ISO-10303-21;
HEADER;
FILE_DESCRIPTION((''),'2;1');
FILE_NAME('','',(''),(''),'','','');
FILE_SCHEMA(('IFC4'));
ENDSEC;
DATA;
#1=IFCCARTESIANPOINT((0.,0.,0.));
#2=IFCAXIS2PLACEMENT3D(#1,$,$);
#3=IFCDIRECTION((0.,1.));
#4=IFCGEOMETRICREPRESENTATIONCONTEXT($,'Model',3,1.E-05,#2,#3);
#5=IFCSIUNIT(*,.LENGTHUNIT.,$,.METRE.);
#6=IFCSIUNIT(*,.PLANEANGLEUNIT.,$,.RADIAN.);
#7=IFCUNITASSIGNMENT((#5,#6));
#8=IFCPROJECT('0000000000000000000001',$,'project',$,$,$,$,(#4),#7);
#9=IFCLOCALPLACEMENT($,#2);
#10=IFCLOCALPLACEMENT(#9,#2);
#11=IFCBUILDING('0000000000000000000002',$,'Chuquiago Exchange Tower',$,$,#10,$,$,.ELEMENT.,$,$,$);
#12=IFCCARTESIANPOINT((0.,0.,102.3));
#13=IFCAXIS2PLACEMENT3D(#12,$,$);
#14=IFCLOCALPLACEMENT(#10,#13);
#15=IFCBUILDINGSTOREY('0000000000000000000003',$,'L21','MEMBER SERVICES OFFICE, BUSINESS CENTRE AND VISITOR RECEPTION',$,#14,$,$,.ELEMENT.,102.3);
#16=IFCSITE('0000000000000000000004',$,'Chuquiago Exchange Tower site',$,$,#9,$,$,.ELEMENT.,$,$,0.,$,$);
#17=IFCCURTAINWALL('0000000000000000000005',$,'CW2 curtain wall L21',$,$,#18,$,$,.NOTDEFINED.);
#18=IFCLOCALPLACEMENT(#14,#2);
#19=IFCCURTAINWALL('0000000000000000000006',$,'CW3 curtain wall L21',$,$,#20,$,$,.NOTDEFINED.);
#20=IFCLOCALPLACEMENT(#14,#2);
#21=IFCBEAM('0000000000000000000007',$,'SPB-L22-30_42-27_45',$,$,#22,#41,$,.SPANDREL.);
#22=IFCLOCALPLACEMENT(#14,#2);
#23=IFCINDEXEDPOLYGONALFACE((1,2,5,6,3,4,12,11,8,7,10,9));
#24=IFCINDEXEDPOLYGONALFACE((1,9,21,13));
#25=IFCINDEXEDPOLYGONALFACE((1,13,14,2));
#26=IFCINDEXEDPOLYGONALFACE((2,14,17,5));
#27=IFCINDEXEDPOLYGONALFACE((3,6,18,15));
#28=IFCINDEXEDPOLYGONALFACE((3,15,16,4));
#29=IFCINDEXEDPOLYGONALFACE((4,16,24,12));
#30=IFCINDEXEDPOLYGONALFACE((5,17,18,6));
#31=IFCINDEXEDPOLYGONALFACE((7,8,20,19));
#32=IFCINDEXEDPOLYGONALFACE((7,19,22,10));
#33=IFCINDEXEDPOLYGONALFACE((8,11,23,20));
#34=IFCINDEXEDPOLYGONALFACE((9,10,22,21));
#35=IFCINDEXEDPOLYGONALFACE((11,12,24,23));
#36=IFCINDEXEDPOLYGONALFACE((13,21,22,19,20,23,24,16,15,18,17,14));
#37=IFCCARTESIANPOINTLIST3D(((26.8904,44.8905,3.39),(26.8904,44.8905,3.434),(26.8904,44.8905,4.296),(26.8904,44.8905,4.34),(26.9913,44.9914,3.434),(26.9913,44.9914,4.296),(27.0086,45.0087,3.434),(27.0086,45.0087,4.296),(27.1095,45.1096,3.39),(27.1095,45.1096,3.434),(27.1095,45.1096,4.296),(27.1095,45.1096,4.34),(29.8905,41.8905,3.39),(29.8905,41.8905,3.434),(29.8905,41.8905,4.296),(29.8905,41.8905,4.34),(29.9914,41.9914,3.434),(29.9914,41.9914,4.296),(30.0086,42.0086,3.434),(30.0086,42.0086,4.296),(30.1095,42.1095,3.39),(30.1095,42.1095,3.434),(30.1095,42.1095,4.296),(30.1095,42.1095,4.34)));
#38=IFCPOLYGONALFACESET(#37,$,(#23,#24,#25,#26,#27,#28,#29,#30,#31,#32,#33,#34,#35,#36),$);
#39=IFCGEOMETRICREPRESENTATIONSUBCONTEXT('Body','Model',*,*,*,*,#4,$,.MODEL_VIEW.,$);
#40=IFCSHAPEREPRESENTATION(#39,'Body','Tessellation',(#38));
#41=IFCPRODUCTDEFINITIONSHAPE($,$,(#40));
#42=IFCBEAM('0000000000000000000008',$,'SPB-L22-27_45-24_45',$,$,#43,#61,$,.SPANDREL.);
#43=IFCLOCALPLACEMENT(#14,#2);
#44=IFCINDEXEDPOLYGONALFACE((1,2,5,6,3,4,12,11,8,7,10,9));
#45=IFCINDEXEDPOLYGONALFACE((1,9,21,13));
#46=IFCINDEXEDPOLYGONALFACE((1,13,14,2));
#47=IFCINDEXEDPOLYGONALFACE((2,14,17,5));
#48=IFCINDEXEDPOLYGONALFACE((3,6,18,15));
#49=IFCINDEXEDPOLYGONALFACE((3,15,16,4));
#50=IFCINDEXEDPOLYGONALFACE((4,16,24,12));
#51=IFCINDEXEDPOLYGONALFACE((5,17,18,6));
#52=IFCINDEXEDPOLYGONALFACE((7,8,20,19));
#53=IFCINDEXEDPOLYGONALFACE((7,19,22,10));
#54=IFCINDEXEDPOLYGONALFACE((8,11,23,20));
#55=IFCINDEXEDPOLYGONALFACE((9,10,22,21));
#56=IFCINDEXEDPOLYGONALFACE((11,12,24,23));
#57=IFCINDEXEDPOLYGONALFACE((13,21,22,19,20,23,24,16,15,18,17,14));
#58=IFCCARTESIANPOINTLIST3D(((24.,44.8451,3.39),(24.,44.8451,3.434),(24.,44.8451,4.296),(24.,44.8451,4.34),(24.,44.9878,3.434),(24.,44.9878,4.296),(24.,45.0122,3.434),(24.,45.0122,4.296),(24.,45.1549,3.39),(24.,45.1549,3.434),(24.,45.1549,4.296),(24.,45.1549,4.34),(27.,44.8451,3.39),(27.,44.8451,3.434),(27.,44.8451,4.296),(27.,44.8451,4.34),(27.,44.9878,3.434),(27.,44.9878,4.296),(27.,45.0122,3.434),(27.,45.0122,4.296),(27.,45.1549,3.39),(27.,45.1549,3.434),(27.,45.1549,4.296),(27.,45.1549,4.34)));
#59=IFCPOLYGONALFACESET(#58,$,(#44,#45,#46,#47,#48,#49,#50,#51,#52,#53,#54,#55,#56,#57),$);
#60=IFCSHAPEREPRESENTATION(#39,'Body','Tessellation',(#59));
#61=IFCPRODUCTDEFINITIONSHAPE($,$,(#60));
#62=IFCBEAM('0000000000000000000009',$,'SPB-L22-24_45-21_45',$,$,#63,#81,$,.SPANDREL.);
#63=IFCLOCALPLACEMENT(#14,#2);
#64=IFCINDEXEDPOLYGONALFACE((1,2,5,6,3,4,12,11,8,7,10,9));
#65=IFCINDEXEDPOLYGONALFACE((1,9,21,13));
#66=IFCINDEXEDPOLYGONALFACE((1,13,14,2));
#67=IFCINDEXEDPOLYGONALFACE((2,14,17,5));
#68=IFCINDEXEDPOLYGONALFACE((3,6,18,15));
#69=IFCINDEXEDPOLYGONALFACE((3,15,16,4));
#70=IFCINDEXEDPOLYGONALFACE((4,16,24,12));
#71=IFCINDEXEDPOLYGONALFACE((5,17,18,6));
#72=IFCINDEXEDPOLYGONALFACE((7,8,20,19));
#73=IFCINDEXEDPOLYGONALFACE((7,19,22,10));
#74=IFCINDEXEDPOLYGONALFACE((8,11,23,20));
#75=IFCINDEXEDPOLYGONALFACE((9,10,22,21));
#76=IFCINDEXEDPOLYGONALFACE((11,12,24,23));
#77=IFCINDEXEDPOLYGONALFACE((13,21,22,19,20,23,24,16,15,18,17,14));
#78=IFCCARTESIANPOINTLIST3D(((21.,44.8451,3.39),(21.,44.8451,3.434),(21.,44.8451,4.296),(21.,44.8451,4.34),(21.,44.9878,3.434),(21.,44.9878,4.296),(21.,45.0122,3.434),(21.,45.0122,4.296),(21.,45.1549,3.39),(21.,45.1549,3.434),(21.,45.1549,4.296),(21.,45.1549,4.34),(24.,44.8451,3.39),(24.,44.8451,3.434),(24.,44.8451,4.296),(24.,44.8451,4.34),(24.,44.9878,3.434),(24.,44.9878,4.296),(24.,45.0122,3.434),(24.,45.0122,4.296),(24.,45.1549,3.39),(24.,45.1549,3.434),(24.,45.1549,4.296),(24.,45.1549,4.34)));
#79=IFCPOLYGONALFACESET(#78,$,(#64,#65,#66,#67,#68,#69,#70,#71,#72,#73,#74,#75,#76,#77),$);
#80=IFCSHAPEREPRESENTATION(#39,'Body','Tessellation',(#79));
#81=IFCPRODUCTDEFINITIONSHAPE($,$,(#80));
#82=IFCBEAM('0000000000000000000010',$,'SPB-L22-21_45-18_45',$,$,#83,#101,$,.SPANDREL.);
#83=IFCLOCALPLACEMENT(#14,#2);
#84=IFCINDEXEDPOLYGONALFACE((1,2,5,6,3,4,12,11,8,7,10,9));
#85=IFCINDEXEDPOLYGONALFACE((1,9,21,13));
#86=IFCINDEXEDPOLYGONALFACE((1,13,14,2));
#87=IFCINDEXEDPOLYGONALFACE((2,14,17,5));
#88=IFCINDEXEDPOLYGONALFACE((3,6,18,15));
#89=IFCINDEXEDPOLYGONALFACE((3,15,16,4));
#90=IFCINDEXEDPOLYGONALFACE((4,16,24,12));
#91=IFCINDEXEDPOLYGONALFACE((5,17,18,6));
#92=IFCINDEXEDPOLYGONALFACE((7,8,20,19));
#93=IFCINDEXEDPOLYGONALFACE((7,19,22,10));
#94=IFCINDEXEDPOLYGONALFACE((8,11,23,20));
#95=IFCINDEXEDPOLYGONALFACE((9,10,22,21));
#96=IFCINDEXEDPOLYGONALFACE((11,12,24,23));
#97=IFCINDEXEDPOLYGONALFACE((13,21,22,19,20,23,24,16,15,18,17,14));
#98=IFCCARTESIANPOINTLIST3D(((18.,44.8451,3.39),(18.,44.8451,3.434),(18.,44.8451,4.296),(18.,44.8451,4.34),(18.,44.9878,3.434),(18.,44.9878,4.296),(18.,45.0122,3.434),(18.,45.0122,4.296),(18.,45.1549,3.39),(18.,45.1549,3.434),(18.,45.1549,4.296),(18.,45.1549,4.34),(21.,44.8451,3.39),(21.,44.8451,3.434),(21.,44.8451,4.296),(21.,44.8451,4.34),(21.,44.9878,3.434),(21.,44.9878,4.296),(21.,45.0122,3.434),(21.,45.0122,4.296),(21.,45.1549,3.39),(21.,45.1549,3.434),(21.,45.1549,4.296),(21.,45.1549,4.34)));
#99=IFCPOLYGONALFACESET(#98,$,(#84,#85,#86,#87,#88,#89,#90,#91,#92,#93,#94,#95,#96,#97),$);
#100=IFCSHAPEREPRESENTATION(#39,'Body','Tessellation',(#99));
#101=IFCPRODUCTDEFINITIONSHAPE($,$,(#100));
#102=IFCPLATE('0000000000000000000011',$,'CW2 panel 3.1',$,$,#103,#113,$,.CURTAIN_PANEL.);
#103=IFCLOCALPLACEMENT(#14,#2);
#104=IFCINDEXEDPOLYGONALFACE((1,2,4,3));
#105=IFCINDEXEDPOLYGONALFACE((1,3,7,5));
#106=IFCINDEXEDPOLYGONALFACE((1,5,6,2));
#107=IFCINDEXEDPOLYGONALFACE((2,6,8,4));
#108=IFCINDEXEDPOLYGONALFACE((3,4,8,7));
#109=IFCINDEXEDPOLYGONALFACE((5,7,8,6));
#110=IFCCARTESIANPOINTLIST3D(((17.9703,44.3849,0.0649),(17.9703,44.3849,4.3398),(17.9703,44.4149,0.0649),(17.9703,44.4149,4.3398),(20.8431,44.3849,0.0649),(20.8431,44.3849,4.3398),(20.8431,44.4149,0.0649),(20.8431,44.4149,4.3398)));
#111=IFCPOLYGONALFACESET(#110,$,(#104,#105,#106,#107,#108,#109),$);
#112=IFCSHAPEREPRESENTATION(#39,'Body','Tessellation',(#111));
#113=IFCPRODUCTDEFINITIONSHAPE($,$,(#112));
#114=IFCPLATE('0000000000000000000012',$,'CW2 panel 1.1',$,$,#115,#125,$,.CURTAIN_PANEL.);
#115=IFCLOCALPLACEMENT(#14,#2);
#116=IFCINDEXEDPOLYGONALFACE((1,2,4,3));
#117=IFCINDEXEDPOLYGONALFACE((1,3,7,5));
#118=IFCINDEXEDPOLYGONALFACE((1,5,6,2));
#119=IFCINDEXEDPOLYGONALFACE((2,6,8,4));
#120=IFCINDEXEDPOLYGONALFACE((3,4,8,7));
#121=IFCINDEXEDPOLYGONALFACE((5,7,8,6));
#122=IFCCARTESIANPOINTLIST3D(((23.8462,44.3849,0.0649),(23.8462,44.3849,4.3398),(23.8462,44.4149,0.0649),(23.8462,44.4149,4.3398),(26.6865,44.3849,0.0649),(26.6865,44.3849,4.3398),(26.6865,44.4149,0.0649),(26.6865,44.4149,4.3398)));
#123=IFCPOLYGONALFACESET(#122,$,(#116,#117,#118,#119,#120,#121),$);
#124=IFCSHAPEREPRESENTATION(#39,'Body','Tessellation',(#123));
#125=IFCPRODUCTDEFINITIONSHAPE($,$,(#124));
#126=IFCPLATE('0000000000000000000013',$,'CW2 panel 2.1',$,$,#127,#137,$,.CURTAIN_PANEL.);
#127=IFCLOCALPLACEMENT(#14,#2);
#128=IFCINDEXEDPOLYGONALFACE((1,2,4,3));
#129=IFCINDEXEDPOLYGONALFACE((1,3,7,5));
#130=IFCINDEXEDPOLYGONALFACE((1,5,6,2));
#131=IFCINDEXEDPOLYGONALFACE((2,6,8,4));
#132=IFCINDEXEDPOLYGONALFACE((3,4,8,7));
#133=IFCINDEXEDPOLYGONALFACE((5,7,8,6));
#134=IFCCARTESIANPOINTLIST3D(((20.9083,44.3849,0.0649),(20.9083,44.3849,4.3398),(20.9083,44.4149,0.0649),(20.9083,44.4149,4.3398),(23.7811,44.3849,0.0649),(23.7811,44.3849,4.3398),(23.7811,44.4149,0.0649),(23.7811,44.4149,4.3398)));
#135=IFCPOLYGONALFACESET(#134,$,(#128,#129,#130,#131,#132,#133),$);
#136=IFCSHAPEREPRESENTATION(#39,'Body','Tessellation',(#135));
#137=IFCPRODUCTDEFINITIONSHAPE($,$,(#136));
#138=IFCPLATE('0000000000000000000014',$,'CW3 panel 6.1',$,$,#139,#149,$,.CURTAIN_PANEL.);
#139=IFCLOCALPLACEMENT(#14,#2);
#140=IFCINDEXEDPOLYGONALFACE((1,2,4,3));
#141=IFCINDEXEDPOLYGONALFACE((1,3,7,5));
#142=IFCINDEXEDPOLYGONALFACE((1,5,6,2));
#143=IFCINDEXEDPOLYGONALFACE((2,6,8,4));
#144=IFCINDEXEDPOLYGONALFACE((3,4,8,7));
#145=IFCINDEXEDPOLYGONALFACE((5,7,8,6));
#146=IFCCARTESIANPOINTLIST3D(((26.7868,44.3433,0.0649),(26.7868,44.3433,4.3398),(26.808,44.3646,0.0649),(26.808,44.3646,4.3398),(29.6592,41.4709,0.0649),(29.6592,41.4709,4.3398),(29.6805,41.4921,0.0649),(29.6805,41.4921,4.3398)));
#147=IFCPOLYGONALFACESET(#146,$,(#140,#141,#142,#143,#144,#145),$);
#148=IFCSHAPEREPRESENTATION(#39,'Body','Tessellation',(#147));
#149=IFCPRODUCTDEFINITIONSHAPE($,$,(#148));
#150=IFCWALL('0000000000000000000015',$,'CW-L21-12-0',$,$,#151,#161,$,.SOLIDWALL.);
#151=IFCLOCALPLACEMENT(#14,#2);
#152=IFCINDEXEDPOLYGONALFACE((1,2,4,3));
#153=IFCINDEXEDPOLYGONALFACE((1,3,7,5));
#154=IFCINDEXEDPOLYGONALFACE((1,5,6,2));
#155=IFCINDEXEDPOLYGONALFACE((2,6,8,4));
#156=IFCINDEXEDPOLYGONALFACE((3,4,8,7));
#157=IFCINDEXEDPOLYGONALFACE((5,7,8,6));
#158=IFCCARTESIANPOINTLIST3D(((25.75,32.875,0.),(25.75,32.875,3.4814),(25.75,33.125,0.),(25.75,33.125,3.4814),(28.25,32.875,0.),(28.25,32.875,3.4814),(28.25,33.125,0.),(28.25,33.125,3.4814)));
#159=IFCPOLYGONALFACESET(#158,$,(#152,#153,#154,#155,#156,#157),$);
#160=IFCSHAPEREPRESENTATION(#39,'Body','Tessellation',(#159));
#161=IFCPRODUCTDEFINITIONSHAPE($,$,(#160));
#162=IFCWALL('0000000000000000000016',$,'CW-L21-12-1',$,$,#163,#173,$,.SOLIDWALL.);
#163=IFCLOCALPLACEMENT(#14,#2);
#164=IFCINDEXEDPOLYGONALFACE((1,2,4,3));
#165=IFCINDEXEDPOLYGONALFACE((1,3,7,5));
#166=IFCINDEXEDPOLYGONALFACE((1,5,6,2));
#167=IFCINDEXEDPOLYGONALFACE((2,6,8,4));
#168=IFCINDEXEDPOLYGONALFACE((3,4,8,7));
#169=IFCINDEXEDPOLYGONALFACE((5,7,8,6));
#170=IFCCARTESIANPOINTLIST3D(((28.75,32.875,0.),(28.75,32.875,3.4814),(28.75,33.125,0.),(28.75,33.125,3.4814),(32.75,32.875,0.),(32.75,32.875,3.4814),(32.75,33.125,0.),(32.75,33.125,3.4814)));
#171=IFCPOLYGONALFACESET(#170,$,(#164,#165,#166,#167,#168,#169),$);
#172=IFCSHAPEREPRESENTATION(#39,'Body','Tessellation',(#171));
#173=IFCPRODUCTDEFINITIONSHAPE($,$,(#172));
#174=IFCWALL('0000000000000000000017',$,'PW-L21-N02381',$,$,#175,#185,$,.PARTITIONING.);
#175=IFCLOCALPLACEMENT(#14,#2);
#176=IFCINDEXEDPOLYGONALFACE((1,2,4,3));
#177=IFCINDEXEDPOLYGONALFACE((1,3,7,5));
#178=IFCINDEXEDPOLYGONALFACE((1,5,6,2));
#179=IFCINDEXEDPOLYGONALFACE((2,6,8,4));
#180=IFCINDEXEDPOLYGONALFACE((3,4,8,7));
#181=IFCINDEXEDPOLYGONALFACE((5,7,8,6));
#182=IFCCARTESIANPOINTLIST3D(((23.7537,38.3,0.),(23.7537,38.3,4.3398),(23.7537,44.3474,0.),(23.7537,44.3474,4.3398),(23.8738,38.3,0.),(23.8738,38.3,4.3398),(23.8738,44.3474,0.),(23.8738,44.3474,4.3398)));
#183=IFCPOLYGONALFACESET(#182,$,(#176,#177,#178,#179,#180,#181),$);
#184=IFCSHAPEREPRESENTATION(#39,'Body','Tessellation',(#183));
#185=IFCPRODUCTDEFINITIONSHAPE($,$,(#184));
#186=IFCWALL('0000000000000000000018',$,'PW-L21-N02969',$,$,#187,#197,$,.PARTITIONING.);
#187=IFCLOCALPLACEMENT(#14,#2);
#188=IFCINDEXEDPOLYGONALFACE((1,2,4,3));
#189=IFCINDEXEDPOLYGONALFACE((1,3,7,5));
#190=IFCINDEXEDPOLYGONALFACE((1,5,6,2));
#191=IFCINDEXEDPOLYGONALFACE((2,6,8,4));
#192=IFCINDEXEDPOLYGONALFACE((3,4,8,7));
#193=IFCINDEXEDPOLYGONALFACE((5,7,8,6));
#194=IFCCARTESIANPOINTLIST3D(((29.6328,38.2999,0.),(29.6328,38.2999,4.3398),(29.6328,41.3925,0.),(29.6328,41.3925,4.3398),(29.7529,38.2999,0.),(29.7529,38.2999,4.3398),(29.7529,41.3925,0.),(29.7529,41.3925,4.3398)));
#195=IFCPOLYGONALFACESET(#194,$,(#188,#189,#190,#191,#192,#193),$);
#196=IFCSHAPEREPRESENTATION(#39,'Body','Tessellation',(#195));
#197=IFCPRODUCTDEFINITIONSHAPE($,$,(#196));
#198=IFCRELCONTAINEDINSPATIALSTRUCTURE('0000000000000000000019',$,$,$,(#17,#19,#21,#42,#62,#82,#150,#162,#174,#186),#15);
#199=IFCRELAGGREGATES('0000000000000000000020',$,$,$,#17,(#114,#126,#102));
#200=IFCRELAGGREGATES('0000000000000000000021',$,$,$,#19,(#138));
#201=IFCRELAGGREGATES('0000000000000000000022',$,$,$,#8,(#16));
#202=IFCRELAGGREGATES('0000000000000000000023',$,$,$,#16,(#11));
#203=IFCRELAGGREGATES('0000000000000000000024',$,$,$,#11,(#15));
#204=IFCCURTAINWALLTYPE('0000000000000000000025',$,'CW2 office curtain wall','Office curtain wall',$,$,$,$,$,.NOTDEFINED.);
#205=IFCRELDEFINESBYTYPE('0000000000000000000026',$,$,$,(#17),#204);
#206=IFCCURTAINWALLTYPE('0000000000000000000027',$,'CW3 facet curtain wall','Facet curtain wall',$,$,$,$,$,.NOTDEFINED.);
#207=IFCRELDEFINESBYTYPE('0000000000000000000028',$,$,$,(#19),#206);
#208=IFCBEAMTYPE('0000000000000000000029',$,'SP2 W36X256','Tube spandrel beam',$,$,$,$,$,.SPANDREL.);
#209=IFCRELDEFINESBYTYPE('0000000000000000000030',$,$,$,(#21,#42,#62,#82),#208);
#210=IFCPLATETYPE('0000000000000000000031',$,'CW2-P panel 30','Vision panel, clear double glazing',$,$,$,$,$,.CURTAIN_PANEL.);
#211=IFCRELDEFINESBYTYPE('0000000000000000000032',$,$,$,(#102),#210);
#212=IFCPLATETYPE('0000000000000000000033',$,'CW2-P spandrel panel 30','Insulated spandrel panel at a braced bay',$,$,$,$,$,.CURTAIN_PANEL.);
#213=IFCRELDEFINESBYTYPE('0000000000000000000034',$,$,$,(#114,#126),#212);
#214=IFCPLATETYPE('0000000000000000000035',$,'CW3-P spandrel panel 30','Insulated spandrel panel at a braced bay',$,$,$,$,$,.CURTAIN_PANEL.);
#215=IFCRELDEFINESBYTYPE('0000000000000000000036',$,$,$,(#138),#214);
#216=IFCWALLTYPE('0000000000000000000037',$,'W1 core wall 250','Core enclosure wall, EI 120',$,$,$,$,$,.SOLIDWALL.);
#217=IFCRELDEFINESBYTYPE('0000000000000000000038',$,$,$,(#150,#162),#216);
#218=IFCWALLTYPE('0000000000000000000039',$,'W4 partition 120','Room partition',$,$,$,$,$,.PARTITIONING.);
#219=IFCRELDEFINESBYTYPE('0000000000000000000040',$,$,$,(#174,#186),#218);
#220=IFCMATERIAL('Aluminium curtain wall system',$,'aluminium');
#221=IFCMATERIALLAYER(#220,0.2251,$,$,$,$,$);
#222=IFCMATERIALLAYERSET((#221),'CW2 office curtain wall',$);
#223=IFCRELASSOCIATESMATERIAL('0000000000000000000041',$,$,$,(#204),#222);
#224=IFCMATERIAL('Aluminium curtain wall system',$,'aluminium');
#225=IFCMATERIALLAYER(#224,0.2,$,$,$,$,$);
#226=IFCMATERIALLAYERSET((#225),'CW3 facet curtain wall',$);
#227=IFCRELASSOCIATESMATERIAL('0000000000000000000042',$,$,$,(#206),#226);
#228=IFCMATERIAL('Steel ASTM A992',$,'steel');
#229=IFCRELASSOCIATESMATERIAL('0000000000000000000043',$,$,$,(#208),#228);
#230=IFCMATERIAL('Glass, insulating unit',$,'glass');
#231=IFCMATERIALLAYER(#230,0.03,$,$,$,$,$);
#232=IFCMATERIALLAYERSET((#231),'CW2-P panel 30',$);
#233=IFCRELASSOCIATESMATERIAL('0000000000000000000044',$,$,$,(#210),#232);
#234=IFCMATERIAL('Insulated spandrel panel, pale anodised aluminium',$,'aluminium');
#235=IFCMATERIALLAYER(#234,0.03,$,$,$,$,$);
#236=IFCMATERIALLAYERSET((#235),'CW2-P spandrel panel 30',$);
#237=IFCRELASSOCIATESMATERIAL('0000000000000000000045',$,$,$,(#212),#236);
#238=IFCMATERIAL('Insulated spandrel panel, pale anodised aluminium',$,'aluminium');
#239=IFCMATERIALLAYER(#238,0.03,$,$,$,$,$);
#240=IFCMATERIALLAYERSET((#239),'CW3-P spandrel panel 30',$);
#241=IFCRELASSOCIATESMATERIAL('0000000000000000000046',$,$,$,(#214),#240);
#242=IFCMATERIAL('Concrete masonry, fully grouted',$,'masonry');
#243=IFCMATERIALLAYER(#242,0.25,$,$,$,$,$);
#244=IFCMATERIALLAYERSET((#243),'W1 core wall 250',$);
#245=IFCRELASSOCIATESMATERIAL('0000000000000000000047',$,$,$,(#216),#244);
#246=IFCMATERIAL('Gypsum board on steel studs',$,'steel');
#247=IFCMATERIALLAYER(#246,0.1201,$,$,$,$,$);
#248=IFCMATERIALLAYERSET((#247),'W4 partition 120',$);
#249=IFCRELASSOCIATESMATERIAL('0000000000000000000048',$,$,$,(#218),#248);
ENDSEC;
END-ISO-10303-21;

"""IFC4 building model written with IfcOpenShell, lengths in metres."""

from ifc_helpers import new_model, si_unit, direction, frame, frame_2d, origin, origin_2d, place, context, subcontext, project, spatial, rectangle, i_section, extrude, material, layer, layer_set, material_profile, profile_set, type_object, element, aggregate, save


model = new_model("IFC4")

# Units and contexts
model_context = context("Model", 3, precision=1e-05, world=origin(), true_north=direction((0.0, 1.0)))
body_context = subcontext(model_context, "Body", "Model", "MODEL_VIEW")
ifc_project = project(units=[si_unit("LENGTHUNIT", "METRE"), si_unit("PLANEANGLEUNIT", "RADIAN")], contexts=[model_context])

# Site, building, storey
site_placement = place(None, origin())
site = spatial("IfcSite", under=ifc_project, at=site_placement, Name="Chuquiago Exchange Tower site", CompositionType="ELEMENT", RefElevation=0.0)
building_placement = place(site_placement, origin())
building = spatial("IfcBuilding", under=site, at=building_placement, Name="Chuquiago Exchange Tower", CompositionType="ELEMENT")
storey_placement = place(building_placement, frame((0.0, 0.0, 102.3)))
storey = spatial("IfcBuildingStorey", under=building, at=storey_placement, Name="L21", Description="MEMBER SERVICES OFFICE, BUSINESS CENTRE AND VISITOR RECEPTION", CompositionType="ELEMENT", Elevation=102.3)

# Curtain walls
ifc_material_1 = material(Name="Aluminium curtain wall system", Category="aluminium")
ifc_layer_1 = layer(ifc_material_1, 0.2251)
ifc_layer_set_1 = layer_set([ifc_layer_1], Name="CW2 office curtain wall")
curtain_wall_type_1 = type_object("IfcCurtainWallType", Name="CW2 office curtain wall", Description="Office curtain wall", PredefinedType="NOTDEFINED", material=ifc_layer_set_1)
curtain_wall_1_placement = place(storey_placement, origin())
curtain_wall_1 = element("IfcCurtainWall", 1, at=curtain_wall_1_placement, inside=storey, type_object=curtain_wall_type_1, Name="CW2 curtain wall L21", PredefinedType="NOTDEFINED")
ifc_material_2 = material(Name="Aluminium curtain wall system", Category="aluminium")
ifc_layer_2 = layer(ifc_material_2, 0.2)
ifc_layer_set_2 = layer_set([ifc_layer_2], Name="CW3 facet curtain wall")
curtain_wall_type_2 = type_object("IfcCurtainWallType", Name="CW3 facet curtain wall", Description="Facet curtain wall", PredefinedType="NOTDEFINED", material=ifc_layer_set_2)
curtain_wall_2_placement = place(storey_placement, origin())
curtain_wall_2 = element("IfcCurtainWall", 2, at=curtain_wall_2_placement, inside=storey, type_object=curtain_wall_type_2, Name="CW3 curtain wall L21", PredefinedType="NOTDEFINED")

# Beams
ifc_material_3 = material(Name="Steel ASTM A992", Category="steel")
ifc_material_profile_1 = material_profile(ifc_material_3, i_section(OverallWidth=0.3098, OverallDepth=0.95, WebThickness=0.0244, FlangeThickness=0.0439, at=origin_2d()), Name="W36X256")
ifc_profile_set_1 = profile_set([ifc_material_profile_1], Name="Steel ASTM A992")
beam_type_1 = type_object("IfcBeamType", Name="SP2 W36X256", Description="Tube spandrel beam", PredefinedType="SPANDREL", material=ifc_profile_set_1)
beam_1_placement = place(storey_placement, frame((30.0, 42.0, 3.865), z_axis=(-0.707107, 0.707107, 0.0), x_axis=(-0.707107, -0.707107, 0.0)))
element("IfcBeam", 3, at=beam_1_placement, inside=storey, type_object=beam_type_1, Name="SPB-L22-30_42-27_45", PredefinedType="SPANDREL", context=body_context, shape_type="SweptSolid", body=[
    extrude(i_section(OverallWidth=0.3098, OverallDepth=0.95, WebThickness=0.0244, FlangeThickness=0.0439, at=origin_2d()), origin(), (0.0, 0.0, 1.0), 4.2427),
])
for number, where, z_axis, x_axis, name in (
    (4, (27.0, 45.0, 3.865), (-1.0, 0.0, 0.0), (0.0, -1.0, 0.0), "SPB-L22-27_45-24_45"),
    (5, (24.0, 45.0, 3.865), (-1.0, 0.0, 0.0), (0.0, -1.0, 0.0), "SPB-L22-24_45-21_45"),
    (6, (21.0, 45.0, 3.865), (-1.0, 0.0, 0.0), (0.0, -1.0, 0.0), "SPB-L22-21_45-18_45"),
):
    element("IfcBeam", number, at=place(storey_placement, frame(where, z_axis=z_axis, x_axis=x_axis)), inside=storey, type_object=beam_type_1, Name=name, PredefinedType="SPANDREL", context=body_context, shape_type="SweptSolid", body=[
        extrude(i_section(OverallWidth=0.3098, OverallDepth=0.95, WebThickness=0.0244, FlangeThickness=0.0439, at=origin_2d()), origin(), (0.0, 0.0, 1.0), 3.0),
    ])

# Plates
ifc_material_4 = material(Name="Glass, insulating unit", Category="glass")
ifc_layer_3 = layer(ifc_material_4, 0.03)
ifc_layer_set_3 = layer_set([ifc_layer_3], Name="CW2-P panel 30")
plate_type_1 = type_object("IfcPlateType", Name="CW2-P panel 30", Description="Vision panel, clear double glazing", PredefinedType="CURTAIN_PANEL", material=ifc_layer_set_3)
plate_1_placement = place(storey_placement, frame((19.4067, 44.3999, 0.0649), z_axis=(0.0, 0.0, 1.0), x_axis=(-1.0, 0.0, 0.0)))
plate_1 = element("IfcPlate", 7, at=plate_1_placement, type_object=plate_type_1, Name="CW2 panel 3.1", PredefinedType="CURTAIN_PANEL", context=body_context, shape_type="SweptSolid", body=[
    extrude(rectangle(XDim=2.8728, YDim=0.03, at=origin_2d()), origin(), (0.0, 0.0, 1.0), 4.2749),
])
ifc_material_5 = material(Name="Insulated spandrel panel, pale anodised aluminium", Category="aluminium")
ifc_layer_4 = layer(ifc_material_5, 0.03)
ifc_layer_set_4 = layer_set([ifc_layer_4], Name="CW2-P spandrel panel 30")
plate_type_2 = type_object("IfcPlateType", Name="CW2-P spandrel panel 30", Description="Insulated spandrel panel at a braced bay", PredefinedType="CURTAIN_PANEL", material=ifc_layer_set_4)
plate_2_placement = place(storey_placement, frame((25.2664, 44.3999, 0.0649), z_axis=(0.0, 0.0, 1.0), x_axis=(-1.0, 0.0, 0.0)))
plate_2 = element("IfcPlate", 8, at=plate_2_placement, type_object=plate_type_2, Name="CW2 panel 1.1", PredefinedType="CURTAIN_PANEL", context=body_context, shape_type="SweptSolid", body=[
    extrude(rectangle(XDim=2.8403, YDim=0.03, at=origin_2d()), origin(), (0.0, 0.0, 1.0), 4.2749),
])
plate_3_placement = place(storey_placement, frame((22.3447, 44.3999, 0.0649), z_axis=(0.0, 0.0, 1.0), x_axis=(-1.0, 0.0, 0.0)))
plate_3 = element("IfcPlate", 9, at=plate_3_placement, type_object=plate_type_2, Name="CW2 panel 2.1", PredefinedType="CURTAIN_PANEL", context=body_context, shape_type="SweptSolid", body=[
    extrude(rectangle(XDim=2.8728, YDim=0.03, at=origin_2d()), origin(), (0.0, 0.0, 1.0), 4.2749),
])
aggregate(curtain_wall_1, [plate_2, plate_3, plate_1])
ifc_material_6 = material(Name="Insulated spandrel panel, pale anodised aluminium", Category="aluminium")
ifc_layer_5 = layer(ifc_material_6, 0.03)
ifc_layer_set_5 = layer_set([ifc_layer_5], Name="CW3-P spandrel panel 30")
plate_type_3 = type_object("IfcPlateType", Name="CW3-P spandrel panel 30", Description="Insulated spandrel panel at a braced bay", PredefinedType="CURTAIN_PANEL", material=ifc_layer_set_5)
plate_4_placement = place(storey_placement, frame((28.2336, 42.9177, 0.0649), z_axis=(0.0, 0.0, 1.0), x_axis=(-0.707107, 0.707107, 0.0)))
plate_4 = element("IfcPlate", 10, at=plate_4_placement, type_object=plate_type_3, Name="CW3 panel 6.1", PredefinedType="CURTAIN_PANEL", context=body_context, shape_type="SweptSolid", body=[
    extrude(rectangle(XDim=4.0623, YDim=0.03, at=origin_2d()), origin(), (0.0, 0.0, 1.0), 4.2749),
])
aggregate(curtain_wall_2, [plate_4])

# Walls
ifc_material_7 = material(Name="Concrete masonry, fully grouted", Category="masonry")
ifc_layer_6 = layer(ifc_material_7, 0.25)
ifc_layer_set_6 = layer_set([ifc_layer_6], Name="W1 core wall 250")
wall_type_1 = type_object("IfcWallType", Name="W1 core wall 250", Description="Core enclosure wall, EI 120", PredefinedType="SOLIDWALL", material=ifc_layer_set_6)
wall_1_placement = place(storey_placement, frame((25.75, 33.0, 0.0), z_axis=(0.0, 0.0, 1.0), x_axis=(1.0, 0.0, 0.0)))
element("IfcWall", 11, at=wall_1_placement, inside=storey, type_object=wall_type_1, Name="CW-L21-12-0", PredefinedType="SOLIDWALL", context=body_context, shape_type="SweptSolid", body=[
    extrude(rectangle(XDim=2.5, YDim=0.25, at=frame_2d((1.25, 0.0))), origin(), (0.0, 0.0, 1.0), 3.4814),
])
wall_2_placement = place(storey_placement, frame((28.75, 33.0, 0.0), z_axis=(0.0, 0.0, 1.0), x_axis=(1.0, 0.0, 0.0)))
element("IfcWall", 12, at=wall_2_placement, inside=storey, type_object=wall_type_1, Name="CW-L21-12-1", PredefinedType="SOLIDWALL", context=body_context, shape_type="SweptSolid", body=[
    extrude(rectangle(XDim=4.0, YDim=0.25, at=frame_2d((2.0, 0.0))), origin(), (0.0, 0.0, 1.0), 3.4814),
])
ifc_material_8 = material(Name="Gypsum board on steel studs", Category="steel")
ifc_layer_7 = layer(ifc_material_8, 0.1201)
ifc_layer_set_7 = layer_set([ifc_layer_7], Name="W4 partition 120")
wall_type_2 = type_object("IfcWallType", Name="W4 partition 120", Description="Room partition", PredefinedType="PARTITIONING", material=ifc_layer_set_7)
wall_3_placement = place(storey_placement, frame((23.8137, 44.3474, 0.0), z_axis=(0.0, 0.0, 1.0), x_axis=(0.0, -1.0, 0.0)))
element("IfcWall", 13, at=wall_3_placement, inside=storey, type_object=wall_type_2, Name="PW-L21-N02381", PredefinedType="PARTITIONING", context=body_context, shape_type="SweptSolid", body=[
    extrude(rectangle(XDim=6.0474, YDim=0.1201, at=frame_2d((3.0237, 0.0))), origin(), (0.0, 0.0, 1.0), 4.3398),
])
wall_4_placement = place(storey_placement, frame((29.6929, 41.3926, 0.0), z_axis=(0.0, 0.0, 1.0), x_axis=(0.0, -1.0, 0.0)))
element("IfcWall", 14, at=wall_4_placement, inside=storey, type_object=wall_type_2, Name="PW-L21-N02969", PredefinedType="PARTITIONING", context=body_context, shape_type="SweptSolid", body=[
    extrude(rectangle(XDim=3.0925, YDim=0.1201, at=frame_2d((1.5464, 0.0))), origin(), (0.0, 0.0, 1.0), 4.3398),
])

save(model, "model.ifc")
